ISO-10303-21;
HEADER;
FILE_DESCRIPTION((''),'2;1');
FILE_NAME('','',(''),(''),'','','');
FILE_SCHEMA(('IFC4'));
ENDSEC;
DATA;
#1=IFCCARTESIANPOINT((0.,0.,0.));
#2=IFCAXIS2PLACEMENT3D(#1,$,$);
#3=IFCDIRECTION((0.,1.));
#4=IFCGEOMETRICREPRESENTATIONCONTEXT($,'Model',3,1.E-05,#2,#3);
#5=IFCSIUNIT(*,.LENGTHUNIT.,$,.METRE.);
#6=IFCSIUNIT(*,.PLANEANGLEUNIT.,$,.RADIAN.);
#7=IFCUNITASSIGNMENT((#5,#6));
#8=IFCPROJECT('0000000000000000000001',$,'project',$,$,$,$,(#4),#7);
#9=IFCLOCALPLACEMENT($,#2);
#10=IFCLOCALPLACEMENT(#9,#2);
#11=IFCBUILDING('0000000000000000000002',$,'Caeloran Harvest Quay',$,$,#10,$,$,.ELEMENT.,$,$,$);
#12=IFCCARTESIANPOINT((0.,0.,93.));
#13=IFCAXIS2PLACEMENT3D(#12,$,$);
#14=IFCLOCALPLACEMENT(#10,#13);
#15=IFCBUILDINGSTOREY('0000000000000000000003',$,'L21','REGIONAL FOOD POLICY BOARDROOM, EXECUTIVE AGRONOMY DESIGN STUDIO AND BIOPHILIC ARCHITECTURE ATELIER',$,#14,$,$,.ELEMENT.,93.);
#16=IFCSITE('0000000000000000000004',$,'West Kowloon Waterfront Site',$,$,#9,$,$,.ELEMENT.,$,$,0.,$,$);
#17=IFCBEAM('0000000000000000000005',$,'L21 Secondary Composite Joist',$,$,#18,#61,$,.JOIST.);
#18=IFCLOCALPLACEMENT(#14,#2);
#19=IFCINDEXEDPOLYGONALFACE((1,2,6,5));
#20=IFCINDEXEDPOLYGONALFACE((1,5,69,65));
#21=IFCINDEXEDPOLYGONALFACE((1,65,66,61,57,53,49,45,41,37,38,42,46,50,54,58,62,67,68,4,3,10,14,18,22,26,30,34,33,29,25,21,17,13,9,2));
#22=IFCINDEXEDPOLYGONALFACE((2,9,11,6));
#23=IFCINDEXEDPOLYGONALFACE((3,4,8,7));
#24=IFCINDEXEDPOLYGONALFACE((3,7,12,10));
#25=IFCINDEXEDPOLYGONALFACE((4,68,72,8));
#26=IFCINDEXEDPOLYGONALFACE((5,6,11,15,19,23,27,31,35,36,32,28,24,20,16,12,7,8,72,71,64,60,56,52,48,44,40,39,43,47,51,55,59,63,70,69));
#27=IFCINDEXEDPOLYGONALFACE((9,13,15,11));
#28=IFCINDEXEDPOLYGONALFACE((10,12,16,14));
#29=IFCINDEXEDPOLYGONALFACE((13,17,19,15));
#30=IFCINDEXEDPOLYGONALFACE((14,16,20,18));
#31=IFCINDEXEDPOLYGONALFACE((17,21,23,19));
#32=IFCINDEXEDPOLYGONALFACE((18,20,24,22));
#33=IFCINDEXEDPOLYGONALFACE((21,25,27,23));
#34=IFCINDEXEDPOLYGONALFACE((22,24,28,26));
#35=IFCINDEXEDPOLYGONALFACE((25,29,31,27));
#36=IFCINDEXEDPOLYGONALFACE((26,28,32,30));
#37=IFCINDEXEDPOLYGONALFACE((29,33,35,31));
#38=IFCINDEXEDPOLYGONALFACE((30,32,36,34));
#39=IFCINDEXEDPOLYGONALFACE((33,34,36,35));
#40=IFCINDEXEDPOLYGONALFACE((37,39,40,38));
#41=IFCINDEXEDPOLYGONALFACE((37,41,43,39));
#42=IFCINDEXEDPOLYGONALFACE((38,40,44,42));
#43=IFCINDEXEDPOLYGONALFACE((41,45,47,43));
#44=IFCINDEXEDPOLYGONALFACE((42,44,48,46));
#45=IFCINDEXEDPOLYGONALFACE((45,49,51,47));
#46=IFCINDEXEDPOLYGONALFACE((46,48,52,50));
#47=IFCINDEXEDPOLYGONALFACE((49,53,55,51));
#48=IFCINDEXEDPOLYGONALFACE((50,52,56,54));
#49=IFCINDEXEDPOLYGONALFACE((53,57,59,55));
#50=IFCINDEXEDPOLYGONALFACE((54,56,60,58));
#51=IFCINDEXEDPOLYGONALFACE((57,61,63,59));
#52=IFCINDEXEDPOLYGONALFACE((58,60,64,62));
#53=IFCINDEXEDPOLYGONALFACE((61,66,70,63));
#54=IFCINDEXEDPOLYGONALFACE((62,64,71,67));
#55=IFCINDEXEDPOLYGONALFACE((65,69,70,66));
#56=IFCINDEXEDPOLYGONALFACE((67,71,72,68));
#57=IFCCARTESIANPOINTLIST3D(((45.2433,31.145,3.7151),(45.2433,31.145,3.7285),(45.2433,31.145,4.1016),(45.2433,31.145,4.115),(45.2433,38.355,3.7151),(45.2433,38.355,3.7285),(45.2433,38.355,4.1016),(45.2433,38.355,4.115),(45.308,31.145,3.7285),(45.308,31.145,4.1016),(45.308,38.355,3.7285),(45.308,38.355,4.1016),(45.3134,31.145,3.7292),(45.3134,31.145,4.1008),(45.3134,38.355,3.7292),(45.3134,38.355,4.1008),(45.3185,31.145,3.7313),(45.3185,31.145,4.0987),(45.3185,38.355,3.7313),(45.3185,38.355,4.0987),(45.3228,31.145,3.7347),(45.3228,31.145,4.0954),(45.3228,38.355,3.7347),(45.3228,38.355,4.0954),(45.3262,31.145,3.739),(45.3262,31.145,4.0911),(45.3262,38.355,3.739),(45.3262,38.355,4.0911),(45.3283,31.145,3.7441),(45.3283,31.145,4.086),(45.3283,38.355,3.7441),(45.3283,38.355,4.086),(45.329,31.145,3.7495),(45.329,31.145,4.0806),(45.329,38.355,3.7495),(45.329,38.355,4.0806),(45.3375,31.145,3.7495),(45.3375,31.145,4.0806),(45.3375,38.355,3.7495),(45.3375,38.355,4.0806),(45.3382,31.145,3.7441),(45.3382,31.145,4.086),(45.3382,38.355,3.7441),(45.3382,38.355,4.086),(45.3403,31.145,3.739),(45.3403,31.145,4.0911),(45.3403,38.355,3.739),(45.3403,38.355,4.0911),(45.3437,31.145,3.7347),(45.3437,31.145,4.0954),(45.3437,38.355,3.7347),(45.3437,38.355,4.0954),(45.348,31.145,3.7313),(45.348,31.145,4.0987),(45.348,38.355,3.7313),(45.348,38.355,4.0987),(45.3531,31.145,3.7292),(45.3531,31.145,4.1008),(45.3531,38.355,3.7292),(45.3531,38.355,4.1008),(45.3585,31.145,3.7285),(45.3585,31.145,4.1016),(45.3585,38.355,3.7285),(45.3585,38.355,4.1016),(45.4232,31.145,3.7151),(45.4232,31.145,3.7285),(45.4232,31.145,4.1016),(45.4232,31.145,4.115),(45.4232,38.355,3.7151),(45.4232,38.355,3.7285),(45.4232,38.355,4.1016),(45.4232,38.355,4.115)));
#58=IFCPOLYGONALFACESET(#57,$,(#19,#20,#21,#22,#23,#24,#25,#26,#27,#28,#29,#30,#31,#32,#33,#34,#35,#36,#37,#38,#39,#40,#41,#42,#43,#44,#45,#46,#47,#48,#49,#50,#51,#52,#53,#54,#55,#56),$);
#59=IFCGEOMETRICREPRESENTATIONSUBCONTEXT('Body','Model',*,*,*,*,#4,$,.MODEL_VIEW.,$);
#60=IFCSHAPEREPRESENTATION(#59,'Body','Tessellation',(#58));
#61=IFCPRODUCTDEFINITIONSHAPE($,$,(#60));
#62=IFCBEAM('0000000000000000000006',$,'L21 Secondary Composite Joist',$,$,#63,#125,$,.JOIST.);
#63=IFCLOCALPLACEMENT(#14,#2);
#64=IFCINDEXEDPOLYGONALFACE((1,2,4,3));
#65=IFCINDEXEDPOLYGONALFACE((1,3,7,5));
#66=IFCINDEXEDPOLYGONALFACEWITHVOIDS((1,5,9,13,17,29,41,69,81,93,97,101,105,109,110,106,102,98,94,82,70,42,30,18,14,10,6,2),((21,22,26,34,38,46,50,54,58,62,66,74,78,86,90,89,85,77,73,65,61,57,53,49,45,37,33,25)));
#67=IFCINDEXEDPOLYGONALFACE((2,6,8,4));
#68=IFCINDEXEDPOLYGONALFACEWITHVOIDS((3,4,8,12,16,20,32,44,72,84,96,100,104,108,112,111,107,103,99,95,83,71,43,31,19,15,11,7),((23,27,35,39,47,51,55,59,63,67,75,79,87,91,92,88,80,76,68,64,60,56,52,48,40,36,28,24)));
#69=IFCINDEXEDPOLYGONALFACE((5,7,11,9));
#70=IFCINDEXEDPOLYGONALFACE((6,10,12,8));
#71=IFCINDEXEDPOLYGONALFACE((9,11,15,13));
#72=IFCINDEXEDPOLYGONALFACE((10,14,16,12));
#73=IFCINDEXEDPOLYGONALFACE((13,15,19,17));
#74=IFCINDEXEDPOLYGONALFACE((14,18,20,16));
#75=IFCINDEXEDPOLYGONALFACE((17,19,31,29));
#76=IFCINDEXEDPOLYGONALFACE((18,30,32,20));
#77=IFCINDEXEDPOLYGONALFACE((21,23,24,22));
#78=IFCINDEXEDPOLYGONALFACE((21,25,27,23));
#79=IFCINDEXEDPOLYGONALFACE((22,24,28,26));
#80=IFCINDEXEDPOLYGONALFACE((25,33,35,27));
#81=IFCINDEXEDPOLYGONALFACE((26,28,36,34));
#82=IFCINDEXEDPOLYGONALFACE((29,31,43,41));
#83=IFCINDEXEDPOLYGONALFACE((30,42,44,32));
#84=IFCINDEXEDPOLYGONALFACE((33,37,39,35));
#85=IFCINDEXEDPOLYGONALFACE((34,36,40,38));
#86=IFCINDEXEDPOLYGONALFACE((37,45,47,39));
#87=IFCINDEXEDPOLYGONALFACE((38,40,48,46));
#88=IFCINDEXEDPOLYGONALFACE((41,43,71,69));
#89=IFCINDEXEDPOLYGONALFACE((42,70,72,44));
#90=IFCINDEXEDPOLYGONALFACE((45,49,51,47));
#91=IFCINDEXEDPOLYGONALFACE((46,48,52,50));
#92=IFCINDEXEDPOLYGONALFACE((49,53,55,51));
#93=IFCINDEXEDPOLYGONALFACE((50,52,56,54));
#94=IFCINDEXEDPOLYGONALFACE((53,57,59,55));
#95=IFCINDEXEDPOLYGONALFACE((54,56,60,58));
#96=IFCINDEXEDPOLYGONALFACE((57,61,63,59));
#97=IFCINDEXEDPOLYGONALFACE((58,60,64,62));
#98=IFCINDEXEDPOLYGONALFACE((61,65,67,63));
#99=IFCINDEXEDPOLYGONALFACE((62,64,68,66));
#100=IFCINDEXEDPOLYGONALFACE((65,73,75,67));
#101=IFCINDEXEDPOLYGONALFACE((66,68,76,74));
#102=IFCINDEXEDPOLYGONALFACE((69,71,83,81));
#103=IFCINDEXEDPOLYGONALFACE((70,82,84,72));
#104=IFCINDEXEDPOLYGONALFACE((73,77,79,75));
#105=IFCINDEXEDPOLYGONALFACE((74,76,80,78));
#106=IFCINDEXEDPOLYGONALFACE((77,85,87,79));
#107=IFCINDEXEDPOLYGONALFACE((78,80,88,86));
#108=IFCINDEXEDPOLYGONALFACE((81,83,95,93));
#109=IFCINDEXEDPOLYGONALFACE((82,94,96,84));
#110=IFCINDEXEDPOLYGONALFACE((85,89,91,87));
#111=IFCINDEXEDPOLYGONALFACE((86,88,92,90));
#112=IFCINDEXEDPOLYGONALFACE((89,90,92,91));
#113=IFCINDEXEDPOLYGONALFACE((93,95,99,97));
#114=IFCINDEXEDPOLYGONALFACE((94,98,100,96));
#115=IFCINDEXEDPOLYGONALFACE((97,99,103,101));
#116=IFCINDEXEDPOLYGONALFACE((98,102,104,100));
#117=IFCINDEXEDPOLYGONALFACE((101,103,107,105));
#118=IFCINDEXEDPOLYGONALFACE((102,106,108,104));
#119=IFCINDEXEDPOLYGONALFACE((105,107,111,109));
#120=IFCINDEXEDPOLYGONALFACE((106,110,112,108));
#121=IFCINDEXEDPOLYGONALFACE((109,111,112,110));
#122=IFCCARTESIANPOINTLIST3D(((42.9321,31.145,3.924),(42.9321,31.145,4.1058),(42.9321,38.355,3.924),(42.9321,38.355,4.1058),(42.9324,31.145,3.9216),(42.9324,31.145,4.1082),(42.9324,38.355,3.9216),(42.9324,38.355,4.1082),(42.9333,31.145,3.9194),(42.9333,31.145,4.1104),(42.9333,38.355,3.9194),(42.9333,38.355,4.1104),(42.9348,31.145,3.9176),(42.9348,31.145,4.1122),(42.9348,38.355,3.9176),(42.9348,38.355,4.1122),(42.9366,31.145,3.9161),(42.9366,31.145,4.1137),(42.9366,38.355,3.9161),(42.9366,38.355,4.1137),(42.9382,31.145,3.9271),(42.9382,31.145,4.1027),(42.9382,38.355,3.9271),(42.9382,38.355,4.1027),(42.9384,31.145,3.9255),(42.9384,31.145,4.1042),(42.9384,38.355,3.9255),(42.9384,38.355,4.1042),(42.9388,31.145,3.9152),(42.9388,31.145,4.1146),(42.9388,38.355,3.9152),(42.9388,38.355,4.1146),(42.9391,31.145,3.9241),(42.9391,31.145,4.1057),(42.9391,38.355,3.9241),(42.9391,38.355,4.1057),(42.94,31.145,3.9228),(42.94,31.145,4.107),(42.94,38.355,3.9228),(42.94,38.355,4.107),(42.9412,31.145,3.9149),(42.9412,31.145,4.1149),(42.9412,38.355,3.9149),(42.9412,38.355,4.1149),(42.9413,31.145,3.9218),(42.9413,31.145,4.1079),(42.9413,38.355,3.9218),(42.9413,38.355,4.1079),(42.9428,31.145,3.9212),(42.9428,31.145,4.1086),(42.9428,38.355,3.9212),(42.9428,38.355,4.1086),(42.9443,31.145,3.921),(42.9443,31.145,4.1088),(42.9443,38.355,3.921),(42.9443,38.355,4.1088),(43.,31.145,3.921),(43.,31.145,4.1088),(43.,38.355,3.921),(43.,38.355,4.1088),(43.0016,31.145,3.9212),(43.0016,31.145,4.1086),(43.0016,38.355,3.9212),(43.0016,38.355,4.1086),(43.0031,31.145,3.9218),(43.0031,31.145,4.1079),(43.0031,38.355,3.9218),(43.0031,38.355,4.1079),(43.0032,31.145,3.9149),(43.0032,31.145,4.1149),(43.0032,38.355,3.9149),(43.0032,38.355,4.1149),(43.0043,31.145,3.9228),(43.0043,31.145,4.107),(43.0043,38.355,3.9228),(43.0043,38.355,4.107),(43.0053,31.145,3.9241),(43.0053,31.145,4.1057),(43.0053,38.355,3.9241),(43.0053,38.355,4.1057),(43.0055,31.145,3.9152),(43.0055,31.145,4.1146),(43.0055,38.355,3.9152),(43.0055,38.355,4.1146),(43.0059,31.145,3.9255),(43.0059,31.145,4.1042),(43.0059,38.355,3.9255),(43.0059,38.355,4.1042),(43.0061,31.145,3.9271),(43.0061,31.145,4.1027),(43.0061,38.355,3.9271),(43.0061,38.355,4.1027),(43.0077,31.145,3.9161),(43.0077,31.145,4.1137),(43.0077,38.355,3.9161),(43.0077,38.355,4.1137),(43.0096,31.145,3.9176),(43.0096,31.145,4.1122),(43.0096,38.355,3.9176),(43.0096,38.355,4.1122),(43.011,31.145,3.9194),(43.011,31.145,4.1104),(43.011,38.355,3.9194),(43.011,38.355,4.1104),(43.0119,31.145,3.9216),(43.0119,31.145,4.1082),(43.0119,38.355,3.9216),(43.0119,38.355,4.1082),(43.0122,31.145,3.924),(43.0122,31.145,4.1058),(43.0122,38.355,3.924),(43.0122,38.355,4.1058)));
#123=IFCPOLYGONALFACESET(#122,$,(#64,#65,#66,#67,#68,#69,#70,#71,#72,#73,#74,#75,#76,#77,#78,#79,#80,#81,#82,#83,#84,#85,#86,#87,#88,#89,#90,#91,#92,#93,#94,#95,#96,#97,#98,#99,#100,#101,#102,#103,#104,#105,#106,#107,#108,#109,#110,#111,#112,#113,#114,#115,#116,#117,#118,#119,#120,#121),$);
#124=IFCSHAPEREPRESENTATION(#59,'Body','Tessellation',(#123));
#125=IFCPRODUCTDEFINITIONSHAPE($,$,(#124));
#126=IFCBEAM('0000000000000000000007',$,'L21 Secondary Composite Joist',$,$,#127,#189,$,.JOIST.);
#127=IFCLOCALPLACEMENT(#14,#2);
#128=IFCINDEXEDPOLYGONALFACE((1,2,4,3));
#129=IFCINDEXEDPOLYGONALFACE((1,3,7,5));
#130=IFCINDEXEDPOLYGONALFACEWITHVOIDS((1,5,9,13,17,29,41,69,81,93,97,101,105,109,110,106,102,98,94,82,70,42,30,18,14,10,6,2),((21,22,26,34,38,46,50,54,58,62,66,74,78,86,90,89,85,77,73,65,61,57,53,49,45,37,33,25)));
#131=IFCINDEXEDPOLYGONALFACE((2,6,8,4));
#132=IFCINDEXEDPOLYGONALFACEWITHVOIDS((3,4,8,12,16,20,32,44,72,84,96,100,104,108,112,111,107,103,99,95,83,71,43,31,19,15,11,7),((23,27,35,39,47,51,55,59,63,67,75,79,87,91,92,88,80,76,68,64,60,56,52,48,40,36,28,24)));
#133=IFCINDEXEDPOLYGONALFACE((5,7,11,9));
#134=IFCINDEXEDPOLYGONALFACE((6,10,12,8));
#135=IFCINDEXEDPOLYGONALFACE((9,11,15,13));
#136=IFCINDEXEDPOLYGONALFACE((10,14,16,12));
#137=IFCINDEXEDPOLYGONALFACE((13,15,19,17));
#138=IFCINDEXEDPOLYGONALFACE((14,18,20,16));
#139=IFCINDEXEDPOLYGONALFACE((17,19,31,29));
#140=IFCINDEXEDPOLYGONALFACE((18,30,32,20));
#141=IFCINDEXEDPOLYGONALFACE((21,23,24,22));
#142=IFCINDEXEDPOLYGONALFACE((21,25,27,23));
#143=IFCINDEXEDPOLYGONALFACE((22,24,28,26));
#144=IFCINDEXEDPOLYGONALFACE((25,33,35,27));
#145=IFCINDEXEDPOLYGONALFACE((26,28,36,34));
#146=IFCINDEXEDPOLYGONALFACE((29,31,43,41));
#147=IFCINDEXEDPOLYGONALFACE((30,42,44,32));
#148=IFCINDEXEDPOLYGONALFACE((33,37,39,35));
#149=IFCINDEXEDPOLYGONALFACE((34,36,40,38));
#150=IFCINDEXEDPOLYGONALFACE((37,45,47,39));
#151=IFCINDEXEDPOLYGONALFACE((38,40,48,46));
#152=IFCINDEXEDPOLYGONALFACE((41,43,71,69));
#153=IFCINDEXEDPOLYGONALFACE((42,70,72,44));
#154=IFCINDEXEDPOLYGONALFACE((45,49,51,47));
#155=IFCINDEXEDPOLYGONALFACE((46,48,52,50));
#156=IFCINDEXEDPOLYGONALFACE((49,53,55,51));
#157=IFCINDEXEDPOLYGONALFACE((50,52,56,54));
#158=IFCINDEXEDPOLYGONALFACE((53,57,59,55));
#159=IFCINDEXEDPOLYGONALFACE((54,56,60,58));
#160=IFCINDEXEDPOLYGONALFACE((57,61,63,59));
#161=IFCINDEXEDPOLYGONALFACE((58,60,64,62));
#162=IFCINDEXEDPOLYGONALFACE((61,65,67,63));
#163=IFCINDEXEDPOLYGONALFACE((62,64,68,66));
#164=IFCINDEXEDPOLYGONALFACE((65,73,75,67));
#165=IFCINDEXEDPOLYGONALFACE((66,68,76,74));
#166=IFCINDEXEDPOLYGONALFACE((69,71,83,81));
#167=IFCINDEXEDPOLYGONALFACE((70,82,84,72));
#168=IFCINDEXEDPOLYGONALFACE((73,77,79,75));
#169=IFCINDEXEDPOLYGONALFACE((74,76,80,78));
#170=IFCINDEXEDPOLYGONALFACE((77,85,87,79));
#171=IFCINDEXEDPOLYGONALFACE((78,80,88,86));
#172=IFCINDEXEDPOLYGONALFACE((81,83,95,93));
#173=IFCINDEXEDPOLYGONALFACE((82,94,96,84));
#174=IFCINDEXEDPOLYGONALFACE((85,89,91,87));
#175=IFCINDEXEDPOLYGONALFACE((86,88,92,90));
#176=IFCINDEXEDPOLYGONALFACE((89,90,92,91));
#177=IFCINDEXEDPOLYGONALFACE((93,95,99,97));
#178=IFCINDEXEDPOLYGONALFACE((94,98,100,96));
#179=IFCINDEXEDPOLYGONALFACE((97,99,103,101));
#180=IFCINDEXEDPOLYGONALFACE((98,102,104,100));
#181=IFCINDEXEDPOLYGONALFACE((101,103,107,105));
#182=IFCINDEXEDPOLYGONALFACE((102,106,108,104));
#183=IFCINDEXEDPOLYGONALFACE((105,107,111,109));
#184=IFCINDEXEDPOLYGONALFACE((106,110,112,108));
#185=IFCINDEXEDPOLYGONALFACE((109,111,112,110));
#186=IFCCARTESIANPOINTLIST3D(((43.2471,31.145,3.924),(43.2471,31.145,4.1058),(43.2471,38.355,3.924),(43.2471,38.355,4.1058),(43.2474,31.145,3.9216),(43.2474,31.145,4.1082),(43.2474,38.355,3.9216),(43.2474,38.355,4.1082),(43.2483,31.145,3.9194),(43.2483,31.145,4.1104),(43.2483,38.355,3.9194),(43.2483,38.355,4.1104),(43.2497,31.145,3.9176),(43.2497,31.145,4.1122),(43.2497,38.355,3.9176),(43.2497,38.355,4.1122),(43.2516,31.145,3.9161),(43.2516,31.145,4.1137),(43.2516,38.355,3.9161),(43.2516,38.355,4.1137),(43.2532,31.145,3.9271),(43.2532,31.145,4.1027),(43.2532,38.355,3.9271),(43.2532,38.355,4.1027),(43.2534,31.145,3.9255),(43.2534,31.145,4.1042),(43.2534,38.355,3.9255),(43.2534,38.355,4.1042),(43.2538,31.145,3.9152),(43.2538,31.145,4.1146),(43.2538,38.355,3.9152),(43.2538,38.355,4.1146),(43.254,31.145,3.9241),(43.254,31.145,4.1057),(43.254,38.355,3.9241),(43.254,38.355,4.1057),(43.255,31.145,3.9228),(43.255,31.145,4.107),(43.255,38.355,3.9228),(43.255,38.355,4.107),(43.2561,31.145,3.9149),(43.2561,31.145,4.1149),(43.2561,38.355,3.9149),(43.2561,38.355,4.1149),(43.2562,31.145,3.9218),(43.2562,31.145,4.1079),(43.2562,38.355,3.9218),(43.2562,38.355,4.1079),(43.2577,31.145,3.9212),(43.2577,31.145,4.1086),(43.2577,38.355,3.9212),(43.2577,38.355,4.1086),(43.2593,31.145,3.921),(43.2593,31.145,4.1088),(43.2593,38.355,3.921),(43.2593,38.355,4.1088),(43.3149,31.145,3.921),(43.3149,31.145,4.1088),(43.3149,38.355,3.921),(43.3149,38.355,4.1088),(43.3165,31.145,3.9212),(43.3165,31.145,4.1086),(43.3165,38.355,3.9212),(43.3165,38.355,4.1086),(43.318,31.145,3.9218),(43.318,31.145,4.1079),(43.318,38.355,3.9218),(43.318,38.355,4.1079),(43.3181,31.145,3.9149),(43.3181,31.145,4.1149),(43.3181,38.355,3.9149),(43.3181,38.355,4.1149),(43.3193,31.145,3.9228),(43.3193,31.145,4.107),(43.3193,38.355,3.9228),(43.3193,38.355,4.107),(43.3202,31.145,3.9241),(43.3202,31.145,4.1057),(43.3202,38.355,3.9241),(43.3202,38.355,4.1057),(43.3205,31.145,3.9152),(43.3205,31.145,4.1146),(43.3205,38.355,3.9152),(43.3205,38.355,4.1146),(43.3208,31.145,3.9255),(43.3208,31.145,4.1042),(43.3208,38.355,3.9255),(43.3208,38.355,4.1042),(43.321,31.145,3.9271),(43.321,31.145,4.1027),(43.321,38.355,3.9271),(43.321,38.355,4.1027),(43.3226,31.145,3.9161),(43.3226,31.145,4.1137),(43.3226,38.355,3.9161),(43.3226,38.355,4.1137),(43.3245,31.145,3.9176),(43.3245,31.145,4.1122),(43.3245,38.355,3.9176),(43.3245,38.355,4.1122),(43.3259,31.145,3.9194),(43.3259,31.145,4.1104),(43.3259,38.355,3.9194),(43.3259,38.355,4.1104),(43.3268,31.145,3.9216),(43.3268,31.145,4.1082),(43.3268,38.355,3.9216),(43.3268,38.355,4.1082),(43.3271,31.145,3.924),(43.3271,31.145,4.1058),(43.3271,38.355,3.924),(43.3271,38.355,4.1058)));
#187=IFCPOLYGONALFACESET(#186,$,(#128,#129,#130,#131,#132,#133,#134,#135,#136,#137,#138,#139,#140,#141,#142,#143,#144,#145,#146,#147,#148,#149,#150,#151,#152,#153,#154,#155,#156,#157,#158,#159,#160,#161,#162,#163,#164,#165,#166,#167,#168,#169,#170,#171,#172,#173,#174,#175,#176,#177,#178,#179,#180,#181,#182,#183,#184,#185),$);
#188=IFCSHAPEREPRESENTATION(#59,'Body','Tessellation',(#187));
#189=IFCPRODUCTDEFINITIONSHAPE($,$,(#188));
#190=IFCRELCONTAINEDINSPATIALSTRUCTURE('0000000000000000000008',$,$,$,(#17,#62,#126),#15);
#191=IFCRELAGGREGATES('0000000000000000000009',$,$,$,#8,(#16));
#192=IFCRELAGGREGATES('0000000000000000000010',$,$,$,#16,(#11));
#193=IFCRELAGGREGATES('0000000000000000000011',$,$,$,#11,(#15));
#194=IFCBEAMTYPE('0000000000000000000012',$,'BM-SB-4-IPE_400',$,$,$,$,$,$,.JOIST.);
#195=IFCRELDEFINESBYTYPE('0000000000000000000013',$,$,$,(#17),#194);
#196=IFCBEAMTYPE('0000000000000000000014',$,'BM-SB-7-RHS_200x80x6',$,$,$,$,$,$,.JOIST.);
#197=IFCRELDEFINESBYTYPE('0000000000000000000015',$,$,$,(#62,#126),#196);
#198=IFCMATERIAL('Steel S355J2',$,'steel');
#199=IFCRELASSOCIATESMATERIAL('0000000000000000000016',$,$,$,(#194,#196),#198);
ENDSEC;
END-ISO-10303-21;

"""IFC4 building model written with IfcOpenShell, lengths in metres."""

from ifc_helpers import new_model, si_unit, direction, frame, origin, origin_2d, place, context, subcontext, project, spatial, hollow_rectangle, i_section, extrude, material, material_profile, profile_set, type_object, element, save


model = new_model("IFC4")

# Units and contexts
model_context = context("Model", 3, precision=1e-05, world=origin(), true_north=direction((0.0, 1.0)))
body_context = subcontext(model_context, "Body", "Model", "MODEL_VIEW")
ifc_project = project(units=[si_unit("LENGTHUNIT", "METRE"), si_unit("PLANEANGLEUNIT", "RADIAN")], contexts=[model_context])

# Site, building, storey
site_placement = place(None, origin())
site = spatial("IfcSite", under=ifc_project, at=site_placement, Name="West Kowloon Waterfront Site", CompositionType="ELEMENT", RefElevation=0.0)
building_placement = place(site_placement, origin())
building = spatial("IfcBuilding", under=site, at=building_placement, Name="Caeloran Harvest Quay", CompositionType="ELEMENT")
storey_placement = place(building_placement, frame((0.0, 0.0, 93.0)))
storey = spatial("IfcBuildingStorey", under=building, at=storey_placement, Name="L21", Description="REGIONAL FOOD POLICY BOARDROOM, EXECUTIVE AGRONOMY DESIGN STUDIO AND BIOPHILIC ARCHITECTURE ATELIER", CompositionType="ELEMENT", Elevation=93.0)

# Beams
ifc_material_1 = material(Name="Steel S355J2", Category="steel")
ifc_material_profile_1 = material_profile(ifc_material_1, i_section(OverallWidth=0.1799, OverallDepth=0.3999, WebThickness=0.0085, FlangeThickness=0.0134, FilletRadius=0.021, at=origin_2d()), Name="IPE 400")
ifc_profile_set_1 = profile_set([ifc_material_profile_1], Name="Steel S355J2")
beam_type_1 = type_object("IfcBeamType", Name="BM-SB-4-IPE_400", PredefinedType="JOIST", material=ifc_profile_set_1)
for number, where, z_axis, x_axis, name in (
    (1, (45.3333, 31.145, 3.915), (0.0, 1.0, 0.0), (-1.0, 0.0, 0.0), "L21 Secondary Composite Joist"),
):
    element("IfcBeam", number, at=place(storey_placement, frame(where, z_axis=z_axis, x_axis=x_axis)), inside=storey, type_object=beam_type_1, Name=name, PredefinedType="JOIST", context=body_context, shape_type="SweptSolid", body=[
        extrude(i_section(OverallWidth=0.1799, OverallDepth=0.3999, WebThickness=0.0085, FlangeThickness=0.0134, FilletRadius=0.021, at=origin_2d()), origin(), (0.0, 0.0, 1.0), 7.21),
    ])
ifc_material_profile_2 = material_profile(ifc_material_1, hollow_rectangle(XDim=0.0801, YDim=0.2, WallThickness=0.0061, InnerFilletRadius=0.0061, OuterFilletRadius=0.009, at=origin_2d()), Name="RHS 200x80x6")
ifc_profile_set_2 = profile_set([ifc_material_profile_2], Name="Steel S355J2")
beam_type_2 = type_object("IfcBeamType", Name="BM-SB-7-RHS_200x80x6", PredefinedType="JOIST", material=ifc_profile_set_2)
for number, where, z_axis, x_axis, name in (
    (2, (42.9722, 31.145, 4.0149), (0.0, 1.0, 0.0), (-1.0, 0.0, 0.0), "L21 Secondary Composite Joist"),
    (3, (43.2871, 31.145, 4.0149), (0.0, 1.0, 0.0), (-1.0, 0.0, 0.0), "L21 Secondary Composite Joist"),
):
    element("IfcBeam", number, at=place(storey_placement, frame(where, z_axis=z_axis, x_axis=x_axis)), inside=storey, type_object=beam_type_2, Name=name, PredefinedType="JOIST", context=body_context, shape_type="SweptSolid", body=[
        extrude(hollow_rectangle(XDim=0.0801, YDim=0.2, WallThickness=0.0061, InnerFilletRadius=0.0061, OuterFilletRadius=0.009, at=origin_2d()), origin(), (0.0, 0.0, 1.0), 7.21),
    ])

save(model, "model.ifc")
